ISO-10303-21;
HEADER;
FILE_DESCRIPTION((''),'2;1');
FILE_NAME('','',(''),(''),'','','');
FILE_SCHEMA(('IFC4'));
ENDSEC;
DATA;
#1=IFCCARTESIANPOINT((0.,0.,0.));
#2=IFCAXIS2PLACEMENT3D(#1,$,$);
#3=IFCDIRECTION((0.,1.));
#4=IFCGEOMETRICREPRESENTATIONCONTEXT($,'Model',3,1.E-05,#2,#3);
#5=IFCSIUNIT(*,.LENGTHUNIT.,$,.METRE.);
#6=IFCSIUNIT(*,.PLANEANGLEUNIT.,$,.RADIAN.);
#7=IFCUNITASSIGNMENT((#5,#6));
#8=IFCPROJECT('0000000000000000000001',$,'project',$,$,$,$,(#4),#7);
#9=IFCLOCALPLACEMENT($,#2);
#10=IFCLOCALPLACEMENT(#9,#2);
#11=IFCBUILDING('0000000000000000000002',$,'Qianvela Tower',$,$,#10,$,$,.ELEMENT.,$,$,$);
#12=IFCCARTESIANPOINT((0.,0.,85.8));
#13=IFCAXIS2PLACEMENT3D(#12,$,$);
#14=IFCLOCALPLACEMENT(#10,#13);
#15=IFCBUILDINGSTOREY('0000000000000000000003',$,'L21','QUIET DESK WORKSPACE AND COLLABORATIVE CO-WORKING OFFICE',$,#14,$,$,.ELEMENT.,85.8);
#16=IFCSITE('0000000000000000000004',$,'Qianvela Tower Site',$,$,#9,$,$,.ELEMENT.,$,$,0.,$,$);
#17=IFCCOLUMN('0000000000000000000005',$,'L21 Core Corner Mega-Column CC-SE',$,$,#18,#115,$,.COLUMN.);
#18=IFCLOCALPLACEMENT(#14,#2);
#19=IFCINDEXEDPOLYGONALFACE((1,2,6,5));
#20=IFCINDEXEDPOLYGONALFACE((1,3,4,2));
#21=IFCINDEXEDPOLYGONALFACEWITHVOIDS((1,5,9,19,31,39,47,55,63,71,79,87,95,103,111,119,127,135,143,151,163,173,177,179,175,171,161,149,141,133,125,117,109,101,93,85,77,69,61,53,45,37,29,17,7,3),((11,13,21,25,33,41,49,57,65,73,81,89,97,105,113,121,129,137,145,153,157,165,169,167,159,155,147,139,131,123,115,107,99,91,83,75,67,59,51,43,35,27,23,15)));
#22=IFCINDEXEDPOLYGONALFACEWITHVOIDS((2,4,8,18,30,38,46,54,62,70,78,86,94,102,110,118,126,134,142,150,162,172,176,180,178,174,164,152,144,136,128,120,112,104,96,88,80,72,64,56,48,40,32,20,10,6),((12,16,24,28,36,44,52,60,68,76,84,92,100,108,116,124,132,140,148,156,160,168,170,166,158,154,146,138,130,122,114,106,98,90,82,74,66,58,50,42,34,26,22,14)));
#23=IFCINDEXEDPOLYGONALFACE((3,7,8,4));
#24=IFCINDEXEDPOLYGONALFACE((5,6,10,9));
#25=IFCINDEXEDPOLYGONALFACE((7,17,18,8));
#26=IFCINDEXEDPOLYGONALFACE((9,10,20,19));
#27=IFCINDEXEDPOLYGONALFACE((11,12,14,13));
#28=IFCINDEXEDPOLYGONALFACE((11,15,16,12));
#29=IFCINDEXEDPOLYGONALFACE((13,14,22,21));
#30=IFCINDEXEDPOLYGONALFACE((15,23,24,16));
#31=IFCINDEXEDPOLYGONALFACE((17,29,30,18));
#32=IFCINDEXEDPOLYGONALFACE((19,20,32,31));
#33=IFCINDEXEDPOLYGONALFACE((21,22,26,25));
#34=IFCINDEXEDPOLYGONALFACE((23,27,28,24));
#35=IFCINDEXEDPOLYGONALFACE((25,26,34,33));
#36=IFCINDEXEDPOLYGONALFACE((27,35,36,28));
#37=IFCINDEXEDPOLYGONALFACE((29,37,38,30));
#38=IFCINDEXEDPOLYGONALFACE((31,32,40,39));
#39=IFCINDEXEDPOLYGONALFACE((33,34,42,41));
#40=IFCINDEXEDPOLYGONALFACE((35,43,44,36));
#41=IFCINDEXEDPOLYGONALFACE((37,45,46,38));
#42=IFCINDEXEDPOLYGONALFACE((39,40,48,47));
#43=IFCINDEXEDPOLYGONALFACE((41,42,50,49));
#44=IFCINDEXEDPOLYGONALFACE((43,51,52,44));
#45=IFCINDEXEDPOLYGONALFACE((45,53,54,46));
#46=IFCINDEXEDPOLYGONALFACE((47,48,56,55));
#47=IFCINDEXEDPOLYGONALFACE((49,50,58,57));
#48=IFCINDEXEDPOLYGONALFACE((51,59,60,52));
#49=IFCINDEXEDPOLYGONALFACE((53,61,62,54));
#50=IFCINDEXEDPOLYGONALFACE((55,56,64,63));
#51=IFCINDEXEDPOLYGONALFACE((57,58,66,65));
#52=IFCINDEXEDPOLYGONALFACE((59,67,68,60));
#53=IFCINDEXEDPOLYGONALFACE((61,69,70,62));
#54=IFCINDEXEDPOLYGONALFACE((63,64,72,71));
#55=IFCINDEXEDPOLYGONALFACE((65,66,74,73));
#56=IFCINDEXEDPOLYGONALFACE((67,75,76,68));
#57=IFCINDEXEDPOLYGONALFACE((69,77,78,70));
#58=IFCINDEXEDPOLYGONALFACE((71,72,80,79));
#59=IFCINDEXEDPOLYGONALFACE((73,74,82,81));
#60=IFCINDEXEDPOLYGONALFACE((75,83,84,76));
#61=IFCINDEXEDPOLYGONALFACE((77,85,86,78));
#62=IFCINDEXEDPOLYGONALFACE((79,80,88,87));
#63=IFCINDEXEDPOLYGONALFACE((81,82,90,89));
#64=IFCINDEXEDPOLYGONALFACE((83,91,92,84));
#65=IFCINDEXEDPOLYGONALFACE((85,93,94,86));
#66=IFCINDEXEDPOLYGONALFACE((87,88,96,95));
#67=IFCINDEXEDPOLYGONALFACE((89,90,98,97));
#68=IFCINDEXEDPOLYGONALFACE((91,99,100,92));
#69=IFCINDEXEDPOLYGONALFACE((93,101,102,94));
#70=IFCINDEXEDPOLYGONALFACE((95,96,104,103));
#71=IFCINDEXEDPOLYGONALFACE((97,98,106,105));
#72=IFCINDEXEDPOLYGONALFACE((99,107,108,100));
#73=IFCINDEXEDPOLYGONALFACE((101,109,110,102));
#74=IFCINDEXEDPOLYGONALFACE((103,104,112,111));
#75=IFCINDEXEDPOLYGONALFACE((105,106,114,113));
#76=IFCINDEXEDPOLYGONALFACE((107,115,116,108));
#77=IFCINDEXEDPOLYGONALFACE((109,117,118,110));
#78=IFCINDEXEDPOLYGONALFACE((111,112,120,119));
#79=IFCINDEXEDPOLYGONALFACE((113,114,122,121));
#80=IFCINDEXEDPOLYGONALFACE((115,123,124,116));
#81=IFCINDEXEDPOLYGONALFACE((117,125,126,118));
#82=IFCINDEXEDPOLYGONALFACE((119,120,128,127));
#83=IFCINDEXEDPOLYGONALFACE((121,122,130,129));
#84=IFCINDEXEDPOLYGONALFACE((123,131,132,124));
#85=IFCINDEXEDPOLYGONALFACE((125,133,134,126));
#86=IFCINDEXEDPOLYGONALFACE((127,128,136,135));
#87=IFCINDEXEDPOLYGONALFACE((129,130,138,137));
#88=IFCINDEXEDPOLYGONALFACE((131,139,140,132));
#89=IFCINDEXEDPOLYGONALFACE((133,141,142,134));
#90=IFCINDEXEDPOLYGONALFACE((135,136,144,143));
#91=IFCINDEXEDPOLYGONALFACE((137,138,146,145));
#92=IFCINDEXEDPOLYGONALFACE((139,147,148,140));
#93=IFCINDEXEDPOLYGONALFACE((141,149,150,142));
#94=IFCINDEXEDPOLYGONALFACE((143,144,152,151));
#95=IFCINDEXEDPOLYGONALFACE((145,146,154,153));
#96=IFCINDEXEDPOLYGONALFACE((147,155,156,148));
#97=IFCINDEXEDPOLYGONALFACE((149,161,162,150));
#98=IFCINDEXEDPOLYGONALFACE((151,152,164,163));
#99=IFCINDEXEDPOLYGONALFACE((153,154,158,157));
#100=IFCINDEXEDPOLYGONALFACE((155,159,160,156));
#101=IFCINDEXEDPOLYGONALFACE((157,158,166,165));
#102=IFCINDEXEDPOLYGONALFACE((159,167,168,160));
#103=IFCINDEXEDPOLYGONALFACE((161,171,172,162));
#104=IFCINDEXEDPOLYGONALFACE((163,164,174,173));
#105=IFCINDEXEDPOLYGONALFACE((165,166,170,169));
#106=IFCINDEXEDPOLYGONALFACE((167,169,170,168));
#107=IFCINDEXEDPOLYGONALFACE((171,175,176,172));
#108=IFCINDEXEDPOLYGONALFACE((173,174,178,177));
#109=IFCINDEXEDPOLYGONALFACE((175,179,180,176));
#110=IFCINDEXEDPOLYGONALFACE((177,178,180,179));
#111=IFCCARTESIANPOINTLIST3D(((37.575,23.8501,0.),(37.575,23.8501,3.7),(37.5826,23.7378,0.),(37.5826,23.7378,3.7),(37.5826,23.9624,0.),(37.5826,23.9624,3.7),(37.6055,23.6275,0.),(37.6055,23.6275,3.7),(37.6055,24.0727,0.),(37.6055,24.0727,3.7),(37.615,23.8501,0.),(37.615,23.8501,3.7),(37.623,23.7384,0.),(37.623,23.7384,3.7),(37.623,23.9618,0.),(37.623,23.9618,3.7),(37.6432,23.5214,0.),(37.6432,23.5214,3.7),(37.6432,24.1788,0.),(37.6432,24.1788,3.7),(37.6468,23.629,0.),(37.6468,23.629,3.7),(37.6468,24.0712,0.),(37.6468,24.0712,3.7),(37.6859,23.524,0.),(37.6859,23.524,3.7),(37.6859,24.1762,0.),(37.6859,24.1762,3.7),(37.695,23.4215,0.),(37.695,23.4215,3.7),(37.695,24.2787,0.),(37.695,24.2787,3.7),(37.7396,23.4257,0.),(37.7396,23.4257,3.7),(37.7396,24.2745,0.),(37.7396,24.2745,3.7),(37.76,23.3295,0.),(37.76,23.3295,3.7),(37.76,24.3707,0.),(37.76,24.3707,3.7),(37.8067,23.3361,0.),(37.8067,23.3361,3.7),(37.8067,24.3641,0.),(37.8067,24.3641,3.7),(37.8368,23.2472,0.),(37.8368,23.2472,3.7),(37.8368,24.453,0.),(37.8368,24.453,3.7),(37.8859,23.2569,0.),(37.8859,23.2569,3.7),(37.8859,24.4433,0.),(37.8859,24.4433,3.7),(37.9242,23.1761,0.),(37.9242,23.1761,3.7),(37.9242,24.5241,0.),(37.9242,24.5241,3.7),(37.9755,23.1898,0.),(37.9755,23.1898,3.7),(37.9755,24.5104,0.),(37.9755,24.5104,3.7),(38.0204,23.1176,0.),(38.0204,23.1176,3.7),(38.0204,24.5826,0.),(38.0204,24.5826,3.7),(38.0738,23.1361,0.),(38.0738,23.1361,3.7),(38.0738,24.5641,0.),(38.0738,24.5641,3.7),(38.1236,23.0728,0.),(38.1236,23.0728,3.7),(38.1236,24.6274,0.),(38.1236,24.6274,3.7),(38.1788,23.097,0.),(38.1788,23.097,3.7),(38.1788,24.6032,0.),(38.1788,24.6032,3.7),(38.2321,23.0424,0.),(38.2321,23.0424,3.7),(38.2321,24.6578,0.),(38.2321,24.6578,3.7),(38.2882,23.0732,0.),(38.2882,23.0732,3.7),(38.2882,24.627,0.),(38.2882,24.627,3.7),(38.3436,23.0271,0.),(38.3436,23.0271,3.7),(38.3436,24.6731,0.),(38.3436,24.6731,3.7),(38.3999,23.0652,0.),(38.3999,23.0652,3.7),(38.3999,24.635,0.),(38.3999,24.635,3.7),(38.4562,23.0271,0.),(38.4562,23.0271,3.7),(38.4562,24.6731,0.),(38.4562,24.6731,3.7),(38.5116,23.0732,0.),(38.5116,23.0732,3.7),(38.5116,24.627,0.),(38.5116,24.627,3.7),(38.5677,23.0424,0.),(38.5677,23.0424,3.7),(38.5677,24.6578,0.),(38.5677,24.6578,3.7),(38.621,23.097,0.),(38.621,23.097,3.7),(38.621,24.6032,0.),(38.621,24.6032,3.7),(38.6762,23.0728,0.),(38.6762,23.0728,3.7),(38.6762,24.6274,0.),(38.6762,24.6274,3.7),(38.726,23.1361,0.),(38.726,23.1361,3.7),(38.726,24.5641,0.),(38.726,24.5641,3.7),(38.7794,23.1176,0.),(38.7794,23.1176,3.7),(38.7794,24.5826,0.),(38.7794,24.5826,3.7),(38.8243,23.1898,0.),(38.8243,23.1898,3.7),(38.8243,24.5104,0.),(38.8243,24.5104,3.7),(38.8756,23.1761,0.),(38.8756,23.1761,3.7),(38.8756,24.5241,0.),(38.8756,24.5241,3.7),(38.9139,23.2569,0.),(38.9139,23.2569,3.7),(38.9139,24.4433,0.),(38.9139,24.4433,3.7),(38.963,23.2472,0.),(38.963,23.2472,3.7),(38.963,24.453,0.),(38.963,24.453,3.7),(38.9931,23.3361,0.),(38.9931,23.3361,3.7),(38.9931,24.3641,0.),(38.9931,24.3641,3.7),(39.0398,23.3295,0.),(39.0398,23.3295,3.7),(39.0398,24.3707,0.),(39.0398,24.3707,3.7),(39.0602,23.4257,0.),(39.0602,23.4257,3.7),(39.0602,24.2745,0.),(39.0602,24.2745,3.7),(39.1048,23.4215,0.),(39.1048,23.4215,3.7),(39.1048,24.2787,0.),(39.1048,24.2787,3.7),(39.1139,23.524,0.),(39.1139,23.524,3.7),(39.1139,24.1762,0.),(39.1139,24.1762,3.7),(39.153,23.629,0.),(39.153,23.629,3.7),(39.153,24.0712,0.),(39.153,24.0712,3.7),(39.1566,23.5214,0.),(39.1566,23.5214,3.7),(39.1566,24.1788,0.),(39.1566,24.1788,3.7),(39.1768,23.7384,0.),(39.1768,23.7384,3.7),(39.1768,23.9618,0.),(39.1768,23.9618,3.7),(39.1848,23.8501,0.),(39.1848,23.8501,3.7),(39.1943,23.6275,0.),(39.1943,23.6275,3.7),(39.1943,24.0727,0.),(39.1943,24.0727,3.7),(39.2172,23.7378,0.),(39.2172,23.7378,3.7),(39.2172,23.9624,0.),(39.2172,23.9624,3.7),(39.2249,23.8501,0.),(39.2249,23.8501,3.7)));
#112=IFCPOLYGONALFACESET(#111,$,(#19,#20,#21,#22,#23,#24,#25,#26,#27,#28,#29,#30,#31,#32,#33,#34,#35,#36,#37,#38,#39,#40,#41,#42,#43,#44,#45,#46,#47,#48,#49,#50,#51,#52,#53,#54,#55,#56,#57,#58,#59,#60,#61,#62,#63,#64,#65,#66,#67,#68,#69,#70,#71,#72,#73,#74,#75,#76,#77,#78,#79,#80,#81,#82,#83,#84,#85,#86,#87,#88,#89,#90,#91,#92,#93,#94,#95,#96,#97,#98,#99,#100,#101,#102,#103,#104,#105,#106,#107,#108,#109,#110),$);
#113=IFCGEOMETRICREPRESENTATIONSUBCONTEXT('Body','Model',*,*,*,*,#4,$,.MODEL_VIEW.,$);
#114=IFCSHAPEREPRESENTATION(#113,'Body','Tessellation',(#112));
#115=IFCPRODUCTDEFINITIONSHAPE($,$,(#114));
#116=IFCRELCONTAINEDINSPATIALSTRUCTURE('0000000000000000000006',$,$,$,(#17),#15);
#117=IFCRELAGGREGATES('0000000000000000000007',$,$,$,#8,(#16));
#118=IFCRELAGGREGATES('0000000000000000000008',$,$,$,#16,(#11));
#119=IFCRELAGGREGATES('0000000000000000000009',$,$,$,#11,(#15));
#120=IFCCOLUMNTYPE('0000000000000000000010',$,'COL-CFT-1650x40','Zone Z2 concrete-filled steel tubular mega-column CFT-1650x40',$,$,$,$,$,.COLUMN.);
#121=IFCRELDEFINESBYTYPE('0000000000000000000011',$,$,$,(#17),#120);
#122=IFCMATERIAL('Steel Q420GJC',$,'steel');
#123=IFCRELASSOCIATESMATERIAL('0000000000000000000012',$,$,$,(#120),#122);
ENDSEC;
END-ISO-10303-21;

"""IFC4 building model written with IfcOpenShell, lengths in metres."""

from ifc_helpers import new_model, si_unit, direction, frame, origin, origin_2d, place, context, subcontext, project, spatial, hollow_circle, extrude, material, material_profile, profile_set, type_object, element, save


model = new_model("IFC4")

# Units and contexts
model_context = context("Model", 3, precision=1e-05, world=origin(), true_north=direction((0.0, 1.0)))
body_context = subcontext(model_context, "Body", "Model", "MODEL_VIEW")
ifc_project = project(units=[si_unit("LENGTHUNIT", "METRE"), si_unit("PLANEANGLEUNIT", "RADIAN")], contexts=[model_context])

# Site, building, storey
site_placement = place(None, origin())
site = spatial("IfcSite", under=ifc_project, at=site_placement, Name="Qianvela Tower Site", CompositionType="ELEMENT", RefElevation=0.0)
building_placement = place(site_placement, origin())
building = spatial("IfcBuilding", under=site, at=building_placement, Name="Qianvela Tower", CompositionType="ELEMENT")
storey_placement = place(building_placement, frame((0.0, 0.0, 85.8)))
storey = spatial("IfcBuildingStorey", under=building, at=storey_placement, Name="L21", Description="QUIET DESK WORKSPACE AND COLLABORATIVE CO-WORKING OFFICE", CompositionType="ELEMENT", Elevation=85.8)

# Column
ifc_material_1 = material(Name="Steel Q420GJC", Category="steel")
ifc_material_profile_1 = material_profile(ifc_material_1, hollow_circle(Radius=0.825, WallThickness=0.04, at=origin_2d()), Name="CFT-1650x40")
ifc_profile_set_1 = profile_set([ifc_material_profile_1], Name="Steel Q420GJC")
column_type = type_object("IfcColumnType", Name="COL-CFT-1650x40", Description="Zone Z2 concrete-filled steel tubular mega-column CFT-1650x40", PredefinedType="COLUMN", material=ifc_profile_set_1)
for number, where, z_axis, x_axis, name in (
    (1, (38.3999, 23.8501, 0.0), (0.0, 0.0, 1.0), (1.0, 0.0, 0.0), "L21 Core Corner Mega-Column CC-SE"),
):
    element("IfcColumn", number, at=place(storey_placement, frame(where, z_axis=z_axis, x_axis=x_axis)), inside=storey, type_object=column_type, Name=name, PredefinedType="COLUMN", context=body_context, shape_type="SweptSolid", body=[
        extrude(hollow_circle(Radius=0.825, WallThickness=0.04, at=origin_2d()), origin(), (0.0, 0.0, 1.0), 3.7),
    ])

save(model, "model.ifc")
